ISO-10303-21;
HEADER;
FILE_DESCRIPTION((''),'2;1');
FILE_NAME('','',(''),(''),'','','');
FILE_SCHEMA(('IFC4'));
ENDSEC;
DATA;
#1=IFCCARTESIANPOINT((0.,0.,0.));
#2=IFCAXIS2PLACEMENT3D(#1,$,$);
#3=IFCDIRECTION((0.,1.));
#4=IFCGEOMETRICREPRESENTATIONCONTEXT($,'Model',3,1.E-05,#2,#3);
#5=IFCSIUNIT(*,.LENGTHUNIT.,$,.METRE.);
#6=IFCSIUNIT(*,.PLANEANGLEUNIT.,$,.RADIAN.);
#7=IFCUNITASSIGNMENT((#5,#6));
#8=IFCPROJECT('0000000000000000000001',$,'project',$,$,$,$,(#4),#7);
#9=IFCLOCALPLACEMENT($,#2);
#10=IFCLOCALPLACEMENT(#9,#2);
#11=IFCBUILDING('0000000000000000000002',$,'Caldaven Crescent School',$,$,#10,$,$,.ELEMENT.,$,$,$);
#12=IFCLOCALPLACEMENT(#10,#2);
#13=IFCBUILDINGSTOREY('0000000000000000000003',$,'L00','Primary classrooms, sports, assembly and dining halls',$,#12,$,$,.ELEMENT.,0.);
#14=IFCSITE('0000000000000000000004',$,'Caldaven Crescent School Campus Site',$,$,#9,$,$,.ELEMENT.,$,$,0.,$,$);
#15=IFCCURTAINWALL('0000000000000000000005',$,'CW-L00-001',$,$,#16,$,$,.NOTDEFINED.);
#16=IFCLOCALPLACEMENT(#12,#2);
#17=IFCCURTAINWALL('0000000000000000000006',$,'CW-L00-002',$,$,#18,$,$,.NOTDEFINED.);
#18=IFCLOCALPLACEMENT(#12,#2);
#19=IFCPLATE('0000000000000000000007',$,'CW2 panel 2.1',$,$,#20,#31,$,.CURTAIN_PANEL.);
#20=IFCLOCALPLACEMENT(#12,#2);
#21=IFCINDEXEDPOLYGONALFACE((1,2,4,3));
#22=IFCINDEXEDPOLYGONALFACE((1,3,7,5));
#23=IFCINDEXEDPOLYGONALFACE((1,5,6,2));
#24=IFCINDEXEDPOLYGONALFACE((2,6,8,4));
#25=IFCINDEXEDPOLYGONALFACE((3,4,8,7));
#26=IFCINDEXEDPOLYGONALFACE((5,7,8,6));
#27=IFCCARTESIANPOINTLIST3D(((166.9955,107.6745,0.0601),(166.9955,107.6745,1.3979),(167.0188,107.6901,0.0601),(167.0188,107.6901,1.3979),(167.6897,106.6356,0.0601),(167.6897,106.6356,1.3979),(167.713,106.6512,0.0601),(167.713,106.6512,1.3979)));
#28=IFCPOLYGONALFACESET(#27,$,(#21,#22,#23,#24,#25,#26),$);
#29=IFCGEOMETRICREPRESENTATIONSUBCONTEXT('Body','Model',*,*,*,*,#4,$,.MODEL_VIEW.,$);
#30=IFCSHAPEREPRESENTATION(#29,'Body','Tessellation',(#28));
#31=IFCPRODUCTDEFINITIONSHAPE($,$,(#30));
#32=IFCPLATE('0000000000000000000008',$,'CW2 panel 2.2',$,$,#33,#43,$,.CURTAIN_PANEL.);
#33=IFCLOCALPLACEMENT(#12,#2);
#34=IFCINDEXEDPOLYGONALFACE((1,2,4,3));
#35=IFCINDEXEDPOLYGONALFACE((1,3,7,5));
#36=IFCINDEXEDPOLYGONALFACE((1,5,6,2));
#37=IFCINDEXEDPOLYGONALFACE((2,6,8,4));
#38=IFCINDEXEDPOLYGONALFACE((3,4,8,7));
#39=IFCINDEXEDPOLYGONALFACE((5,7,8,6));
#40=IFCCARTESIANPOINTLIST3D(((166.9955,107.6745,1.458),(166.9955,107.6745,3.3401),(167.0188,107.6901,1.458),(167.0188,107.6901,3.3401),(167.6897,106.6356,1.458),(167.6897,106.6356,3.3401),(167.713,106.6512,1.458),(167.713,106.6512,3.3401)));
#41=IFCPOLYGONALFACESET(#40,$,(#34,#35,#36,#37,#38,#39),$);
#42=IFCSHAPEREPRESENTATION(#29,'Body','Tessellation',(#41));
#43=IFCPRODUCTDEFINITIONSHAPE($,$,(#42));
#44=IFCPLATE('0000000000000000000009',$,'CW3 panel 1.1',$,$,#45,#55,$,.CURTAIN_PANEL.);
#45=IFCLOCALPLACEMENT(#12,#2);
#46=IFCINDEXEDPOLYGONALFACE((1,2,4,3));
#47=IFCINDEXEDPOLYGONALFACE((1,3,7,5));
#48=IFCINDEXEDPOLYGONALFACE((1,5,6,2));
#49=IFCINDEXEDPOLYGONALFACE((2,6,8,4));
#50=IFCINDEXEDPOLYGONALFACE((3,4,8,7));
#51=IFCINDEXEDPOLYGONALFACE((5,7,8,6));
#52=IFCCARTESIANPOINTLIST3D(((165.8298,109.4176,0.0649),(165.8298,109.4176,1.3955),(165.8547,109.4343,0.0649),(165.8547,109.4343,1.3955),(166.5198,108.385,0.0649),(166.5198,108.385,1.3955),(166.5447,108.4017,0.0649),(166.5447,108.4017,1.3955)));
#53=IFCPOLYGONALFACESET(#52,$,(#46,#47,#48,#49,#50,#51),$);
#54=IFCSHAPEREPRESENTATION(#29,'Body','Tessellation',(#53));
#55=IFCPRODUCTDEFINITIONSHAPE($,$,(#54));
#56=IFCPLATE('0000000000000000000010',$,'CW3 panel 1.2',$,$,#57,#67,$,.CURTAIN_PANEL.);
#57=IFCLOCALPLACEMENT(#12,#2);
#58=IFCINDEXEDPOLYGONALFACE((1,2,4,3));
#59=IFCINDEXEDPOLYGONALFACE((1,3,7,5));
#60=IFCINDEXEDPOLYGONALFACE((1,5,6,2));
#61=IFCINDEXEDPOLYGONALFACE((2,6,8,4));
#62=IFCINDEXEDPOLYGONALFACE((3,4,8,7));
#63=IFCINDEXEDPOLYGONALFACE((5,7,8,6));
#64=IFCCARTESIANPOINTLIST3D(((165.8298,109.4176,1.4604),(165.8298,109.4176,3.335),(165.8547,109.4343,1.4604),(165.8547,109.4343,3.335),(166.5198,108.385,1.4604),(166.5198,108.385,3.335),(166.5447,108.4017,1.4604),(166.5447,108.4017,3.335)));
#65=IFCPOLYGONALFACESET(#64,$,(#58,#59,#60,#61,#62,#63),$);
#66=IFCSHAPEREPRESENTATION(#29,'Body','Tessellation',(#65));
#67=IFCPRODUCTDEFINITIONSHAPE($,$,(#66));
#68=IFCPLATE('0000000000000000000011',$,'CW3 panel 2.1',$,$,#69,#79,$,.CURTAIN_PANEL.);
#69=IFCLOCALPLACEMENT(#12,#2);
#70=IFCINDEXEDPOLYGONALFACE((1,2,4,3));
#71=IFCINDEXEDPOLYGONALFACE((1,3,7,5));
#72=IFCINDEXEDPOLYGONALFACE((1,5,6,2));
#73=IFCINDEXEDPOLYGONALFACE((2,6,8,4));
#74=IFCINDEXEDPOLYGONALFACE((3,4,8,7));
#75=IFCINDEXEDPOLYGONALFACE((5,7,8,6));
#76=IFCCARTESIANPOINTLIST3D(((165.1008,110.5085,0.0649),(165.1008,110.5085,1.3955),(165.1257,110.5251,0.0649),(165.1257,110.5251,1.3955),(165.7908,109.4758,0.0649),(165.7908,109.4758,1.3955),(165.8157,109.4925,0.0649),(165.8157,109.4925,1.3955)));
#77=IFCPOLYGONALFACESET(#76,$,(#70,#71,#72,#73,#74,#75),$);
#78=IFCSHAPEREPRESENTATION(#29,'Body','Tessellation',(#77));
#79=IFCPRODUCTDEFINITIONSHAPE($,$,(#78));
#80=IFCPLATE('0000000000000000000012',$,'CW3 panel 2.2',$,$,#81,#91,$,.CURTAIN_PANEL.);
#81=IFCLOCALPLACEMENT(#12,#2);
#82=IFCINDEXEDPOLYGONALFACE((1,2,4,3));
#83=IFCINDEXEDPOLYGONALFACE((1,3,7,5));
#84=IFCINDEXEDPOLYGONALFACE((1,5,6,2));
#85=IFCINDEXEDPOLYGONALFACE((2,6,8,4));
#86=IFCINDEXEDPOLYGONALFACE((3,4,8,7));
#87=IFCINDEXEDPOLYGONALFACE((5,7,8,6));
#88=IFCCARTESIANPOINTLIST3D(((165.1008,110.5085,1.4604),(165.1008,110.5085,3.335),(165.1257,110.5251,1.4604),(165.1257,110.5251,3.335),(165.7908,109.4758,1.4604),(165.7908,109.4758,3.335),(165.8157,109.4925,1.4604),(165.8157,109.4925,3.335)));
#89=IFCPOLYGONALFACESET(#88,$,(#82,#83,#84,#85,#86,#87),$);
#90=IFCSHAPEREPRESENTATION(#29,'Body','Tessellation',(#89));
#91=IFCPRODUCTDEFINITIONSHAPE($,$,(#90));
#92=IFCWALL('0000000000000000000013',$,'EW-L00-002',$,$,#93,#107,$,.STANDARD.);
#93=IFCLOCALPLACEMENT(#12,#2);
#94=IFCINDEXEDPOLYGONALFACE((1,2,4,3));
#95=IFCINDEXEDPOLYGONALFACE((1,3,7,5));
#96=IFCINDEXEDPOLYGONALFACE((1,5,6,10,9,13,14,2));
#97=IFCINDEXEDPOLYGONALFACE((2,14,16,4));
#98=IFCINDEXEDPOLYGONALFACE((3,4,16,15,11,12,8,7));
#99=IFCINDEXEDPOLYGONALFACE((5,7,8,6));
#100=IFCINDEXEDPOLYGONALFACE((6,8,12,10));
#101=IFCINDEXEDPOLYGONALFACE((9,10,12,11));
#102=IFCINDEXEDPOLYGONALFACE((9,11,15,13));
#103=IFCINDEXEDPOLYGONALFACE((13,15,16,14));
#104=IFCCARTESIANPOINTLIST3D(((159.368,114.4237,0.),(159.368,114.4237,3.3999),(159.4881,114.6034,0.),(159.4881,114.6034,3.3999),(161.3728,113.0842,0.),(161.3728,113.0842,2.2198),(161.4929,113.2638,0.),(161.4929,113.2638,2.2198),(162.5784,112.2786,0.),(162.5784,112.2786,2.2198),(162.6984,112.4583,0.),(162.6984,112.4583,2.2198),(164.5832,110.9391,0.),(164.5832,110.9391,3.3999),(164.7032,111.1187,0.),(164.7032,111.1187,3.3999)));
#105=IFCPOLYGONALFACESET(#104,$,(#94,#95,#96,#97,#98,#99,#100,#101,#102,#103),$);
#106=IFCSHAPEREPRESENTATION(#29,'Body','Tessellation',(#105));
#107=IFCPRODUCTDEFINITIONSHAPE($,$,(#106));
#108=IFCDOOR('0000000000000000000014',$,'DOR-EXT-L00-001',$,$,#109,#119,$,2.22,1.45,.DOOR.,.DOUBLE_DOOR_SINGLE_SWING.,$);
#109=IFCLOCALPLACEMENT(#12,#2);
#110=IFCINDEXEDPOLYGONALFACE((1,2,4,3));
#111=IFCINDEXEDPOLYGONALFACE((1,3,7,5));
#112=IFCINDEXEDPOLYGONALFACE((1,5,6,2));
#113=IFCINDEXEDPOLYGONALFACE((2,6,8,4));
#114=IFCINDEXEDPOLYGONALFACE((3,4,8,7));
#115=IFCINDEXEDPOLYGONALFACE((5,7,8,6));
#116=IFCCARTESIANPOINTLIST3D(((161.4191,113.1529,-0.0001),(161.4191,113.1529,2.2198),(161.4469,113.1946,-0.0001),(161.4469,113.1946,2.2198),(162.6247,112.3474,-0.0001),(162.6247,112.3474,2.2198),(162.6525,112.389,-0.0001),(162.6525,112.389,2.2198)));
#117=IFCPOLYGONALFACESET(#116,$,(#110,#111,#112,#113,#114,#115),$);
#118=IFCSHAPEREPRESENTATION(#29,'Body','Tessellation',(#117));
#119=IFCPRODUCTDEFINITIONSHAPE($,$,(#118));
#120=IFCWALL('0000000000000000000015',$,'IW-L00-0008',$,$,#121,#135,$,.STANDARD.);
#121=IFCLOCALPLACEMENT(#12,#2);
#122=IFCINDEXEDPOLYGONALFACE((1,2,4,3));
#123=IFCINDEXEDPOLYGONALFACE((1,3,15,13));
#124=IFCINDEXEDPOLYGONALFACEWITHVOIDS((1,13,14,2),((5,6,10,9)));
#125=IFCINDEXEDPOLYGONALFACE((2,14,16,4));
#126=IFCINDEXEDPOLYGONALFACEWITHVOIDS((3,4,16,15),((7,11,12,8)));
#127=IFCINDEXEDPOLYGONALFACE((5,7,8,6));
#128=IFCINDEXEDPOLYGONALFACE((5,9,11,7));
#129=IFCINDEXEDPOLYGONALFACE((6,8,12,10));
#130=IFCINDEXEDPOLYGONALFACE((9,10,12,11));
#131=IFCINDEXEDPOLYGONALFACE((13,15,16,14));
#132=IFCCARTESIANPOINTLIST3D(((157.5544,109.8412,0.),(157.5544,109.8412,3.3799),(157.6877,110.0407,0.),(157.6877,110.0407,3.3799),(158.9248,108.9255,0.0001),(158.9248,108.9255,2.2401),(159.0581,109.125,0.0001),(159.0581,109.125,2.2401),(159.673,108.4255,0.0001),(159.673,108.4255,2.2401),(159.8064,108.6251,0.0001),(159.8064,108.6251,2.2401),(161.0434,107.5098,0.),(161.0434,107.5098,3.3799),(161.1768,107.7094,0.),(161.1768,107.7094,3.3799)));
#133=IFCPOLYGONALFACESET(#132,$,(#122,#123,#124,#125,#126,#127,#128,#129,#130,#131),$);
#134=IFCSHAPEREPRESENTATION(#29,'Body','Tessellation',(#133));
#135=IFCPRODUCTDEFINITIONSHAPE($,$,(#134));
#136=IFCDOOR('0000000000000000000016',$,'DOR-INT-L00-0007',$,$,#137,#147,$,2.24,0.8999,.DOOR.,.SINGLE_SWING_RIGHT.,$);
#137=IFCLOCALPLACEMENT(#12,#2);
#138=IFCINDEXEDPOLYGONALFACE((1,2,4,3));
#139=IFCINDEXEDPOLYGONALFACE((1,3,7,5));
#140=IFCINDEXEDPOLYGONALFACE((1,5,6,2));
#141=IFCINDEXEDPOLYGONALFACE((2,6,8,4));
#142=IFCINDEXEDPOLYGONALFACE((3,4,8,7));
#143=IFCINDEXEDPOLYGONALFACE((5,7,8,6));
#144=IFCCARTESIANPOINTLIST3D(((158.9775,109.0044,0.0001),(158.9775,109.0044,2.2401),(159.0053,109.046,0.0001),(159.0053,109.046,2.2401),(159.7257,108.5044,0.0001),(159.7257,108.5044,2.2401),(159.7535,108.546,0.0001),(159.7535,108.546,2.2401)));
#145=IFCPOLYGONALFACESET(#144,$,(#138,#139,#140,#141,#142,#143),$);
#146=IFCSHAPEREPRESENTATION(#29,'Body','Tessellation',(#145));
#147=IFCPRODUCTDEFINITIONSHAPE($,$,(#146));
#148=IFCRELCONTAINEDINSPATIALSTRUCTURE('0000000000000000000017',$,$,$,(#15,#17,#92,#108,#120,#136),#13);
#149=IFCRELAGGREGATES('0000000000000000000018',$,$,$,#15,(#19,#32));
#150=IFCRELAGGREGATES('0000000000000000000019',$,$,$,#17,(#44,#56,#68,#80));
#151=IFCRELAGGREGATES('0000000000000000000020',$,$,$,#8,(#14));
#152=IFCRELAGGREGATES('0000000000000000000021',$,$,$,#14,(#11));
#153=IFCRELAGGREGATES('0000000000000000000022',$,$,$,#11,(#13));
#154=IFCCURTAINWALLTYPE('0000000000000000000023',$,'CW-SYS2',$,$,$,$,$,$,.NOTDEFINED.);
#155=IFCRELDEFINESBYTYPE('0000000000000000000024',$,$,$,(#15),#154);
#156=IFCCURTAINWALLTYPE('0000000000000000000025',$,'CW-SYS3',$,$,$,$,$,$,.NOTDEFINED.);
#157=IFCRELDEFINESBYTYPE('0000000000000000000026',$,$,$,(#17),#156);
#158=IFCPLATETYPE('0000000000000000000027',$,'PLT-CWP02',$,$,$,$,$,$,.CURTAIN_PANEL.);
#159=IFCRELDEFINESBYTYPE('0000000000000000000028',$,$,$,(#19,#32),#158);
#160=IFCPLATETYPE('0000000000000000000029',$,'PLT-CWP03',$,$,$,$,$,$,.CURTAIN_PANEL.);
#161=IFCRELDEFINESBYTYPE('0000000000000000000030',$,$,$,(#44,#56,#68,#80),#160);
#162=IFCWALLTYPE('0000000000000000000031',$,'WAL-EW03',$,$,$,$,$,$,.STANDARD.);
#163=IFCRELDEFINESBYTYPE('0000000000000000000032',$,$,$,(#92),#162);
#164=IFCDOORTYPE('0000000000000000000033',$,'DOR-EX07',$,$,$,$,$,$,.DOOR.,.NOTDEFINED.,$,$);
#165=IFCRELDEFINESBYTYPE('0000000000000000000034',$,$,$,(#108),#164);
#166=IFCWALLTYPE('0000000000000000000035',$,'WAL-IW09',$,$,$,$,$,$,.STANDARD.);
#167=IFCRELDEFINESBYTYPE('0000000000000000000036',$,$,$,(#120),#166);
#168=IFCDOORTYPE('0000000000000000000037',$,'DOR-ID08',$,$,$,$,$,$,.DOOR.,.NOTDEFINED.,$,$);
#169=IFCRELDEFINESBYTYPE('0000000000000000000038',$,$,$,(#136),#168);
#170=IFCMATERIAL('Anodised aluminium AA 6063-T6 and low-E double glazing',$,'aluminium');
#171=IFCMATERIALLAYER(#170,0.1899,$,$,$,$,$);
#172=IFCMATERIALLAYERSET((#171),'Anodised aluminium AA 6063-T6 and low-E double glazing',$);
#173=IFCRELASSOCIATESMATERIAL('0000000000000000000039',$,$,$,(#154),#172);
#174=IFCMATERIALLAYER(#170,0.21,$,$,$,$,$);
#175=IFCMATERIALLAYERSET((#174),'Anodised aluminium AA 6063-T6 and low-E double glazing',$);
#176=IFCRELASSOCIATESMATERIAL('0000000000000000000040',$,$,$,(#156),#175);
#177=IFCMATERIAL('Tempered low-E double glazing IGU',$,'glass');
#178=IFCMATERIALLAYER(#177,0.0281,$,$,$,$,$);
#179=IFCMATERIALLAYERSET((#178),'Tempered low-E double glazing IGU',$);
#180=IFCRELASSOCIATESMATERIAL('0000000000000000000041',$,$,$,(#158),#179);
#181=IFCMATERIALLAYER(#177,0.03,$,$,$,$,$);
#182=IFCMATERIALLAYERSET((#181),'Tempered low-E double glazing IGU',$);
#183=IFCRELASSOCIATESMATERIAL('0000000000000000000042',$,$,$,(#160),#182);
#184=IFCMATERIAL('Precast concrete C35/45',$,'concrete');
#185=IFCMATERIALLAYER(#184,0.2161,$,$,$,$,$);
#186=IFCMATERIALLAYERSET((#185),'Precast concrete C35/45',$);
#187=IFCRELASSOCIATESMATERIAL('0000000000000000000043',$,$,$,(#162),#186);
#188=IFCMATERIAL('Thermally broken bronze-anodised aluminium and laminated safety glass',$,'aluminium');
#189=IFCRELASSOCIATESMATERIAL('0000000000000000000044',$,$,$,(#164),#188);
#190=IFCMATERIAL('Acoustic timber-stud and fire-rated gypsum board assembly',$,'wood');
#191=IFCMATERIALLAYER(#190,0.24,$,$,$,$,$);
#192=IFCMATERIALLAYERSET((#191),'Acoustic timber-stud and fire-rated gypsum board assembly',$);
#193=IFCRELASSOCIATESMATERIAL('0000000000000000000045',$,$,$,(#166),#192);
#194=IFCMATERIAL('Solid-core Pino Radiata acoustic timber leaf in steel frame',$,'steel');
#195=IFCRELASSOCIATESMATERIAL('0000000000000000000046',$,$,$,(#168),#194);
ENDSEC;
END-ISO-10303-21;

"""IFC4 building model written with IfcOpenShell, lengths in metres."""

from ifc_helpers import new_model, si_unit, direction, frame, frame_2d, origin, origin_2d, place, context, subcontext, project, spatial, rectangle, extrude, material, layer, layer_set, type_object, element, fill, aggregate, save


model = new_model("IFC4")

# Units and contexts
model_context = context("Model", 3, precision=1e-05, world=origin(), true_north=direction((0.0, 1.0)))
body_context = subcontext(model_context, "Body", "Model", "MODEL_VIEW")
ifc_project = project(units=[si_unit("LENGTHUNIT", "METRE"), si_unit("PLANEANGLEUNIT", "RADIAN")], contexts=[model_context])

# Site, building, storey
site_placement = place(None, origin())
site = spatial("IfcSite", under=ifc_project, at=site_placement, Name="Caldaven Crescent School Campus Site", CompositionType="ELEMENT", RefElevation=0.0)
building_placement = place(site_placement, origin())
building = spatial("IfcBuilding", under=site, at=building_placement, Name="Caldaven Crescent School", CompositionType="ELEMENT")
storey_placement = place(building_placement, origin())
storey = spatial("IfcBuildingStorey", under=building, at=storey_placement, Name="L00", Description="Primary classrooms, sports, assembly and dining halls", CompositionType="ELEMENT", Elevation=0.0)

# Shared definitions
ifc_material_1 = material(Name="Anodised aluminium AA 6063-T6 and low-E double glazing", Category="aluminium")

# Curtain walls
ifc_layer_1 = layer(ifc_material_1, 0.1899)
ifc_layer_set_1 = layer_set([ifc_layer_1], Name="Anodised aluminium AA 6063-T6 and low-E double glazing")
curtain_wall_type_1 = type_object("IfcCurtainWallType", Name="CW-SYS2", PredefinedType="NOTDEFINED", material=ifc_layer_set_1)
curtain_wall_1_placement = place(storey_placement, origin())
curtain_wall_1 = element("IfcCurtainWall", 1, at=curtain_wall_1_placement, inside=storey, type_object=curtain_wall_type_1, Name="CW-L00-001", PredefinedType="NOTDEFINED")
ifc_layer_2 = layer(ifc_material_1, 0.21)
ifc_layer_set_2 = layer_set([ifc_layer_2], Name="Anodised aluminium AA 6063-T6 and low-E double glazing")
curtain_wall_type_2 = type_object("IfcCurtainWallType", Name="CW-SYS3", PredefinedType="NOTDEFINED", material=ifc_layer_set_2)
curtain_wall_2_placement = place(storey_placement, origin())
curtain_wall_2 = element("IfcCurtainWall", 2, at=curtain_wall_2_placement, inside=storey, type_object=curtain_wall_type_2, Name="CW-L00-002", PredefinedType="NOTDEFINED")

# Plates
ifc_material_2 = material(Name="Tempered low-E double glazing IGU", Category="glass")
ifc_layer_3 = layer(ifc_material_2, 0.0281)
ifc_layer_set_3 = layer_set([ifc_layer_3], Name="Tempered low-E double glazing IGU")
plate_type_1 = type_object("IfcPlateType", Name="PLT-CWP02", PredefinedType="CURTAIN_PANEL", material=ifc_layer_set_3)
plate_1_placement = place(storey_placement, frame((167.3542, 107.1628, 0.0601), z_axis=(0.0, 0.0, 1.0), x_axis=(-0.555569, 0.83147, 0.0)))
plate_1 = element("IfcPlate", 3, at=plate_1_placement, type_object=plate_type_1, Name="CW2 panel 2.1", PredefinedType="CURTAIN_PANEL", context=body_context, shape_type="SweptSolid", body=[
    extrude(rectangle(XDim=1.2495, YDim=0.0281, at=origin_2d()), origin(), (0.0, 0.0, 1.0), 1.3379),
])
plate_2_placement = place(storey_placement, frame((167.3542, 107.1628, 1.458), z_axis=(0.0, 0.0, 1.0), x_axis=(-0.555569, 0.83147, 0.0)))
plate_2 = element("IfcPlate", 4, at=plate_2_placement, type_object=plate_type_1, Name="CW2 panel 2.2", PredefinedType="CURTAIN_PANEL", context=body_context, shape_type="SweptSolid", body=[
    extrude(rectangle(XDim=1.2495, YDim=0.0281, at=origin_2d()), origin(), (0.0, 0.0, 1.0), 1.8821),
])
aggregate(curtain_wall_1, [plate_1, plate_2])
ifc_layer_4 = layer(ifc_material_2, 0.03)
ifc_layer_set_4 = layer_set([ifc_layer_4], Name="Tempered low-E double glazing IGU")
plate_type_2 = type_object("IfcPlateType", Name="PLT-CWP03", PredefinedType="CURTAIN_PANEL", material=ifc_layer_set_4)
plate_3_placement = place(storey_placement, frame((166.1873, 108.9097, 0.0649), z_axis=(0.0, 0.0, 1.0), x_axis=(-0.555572, 0.831469, 0.0)))
plate_3 = element("IfcPlate", 5, at=plate_3_placement, type_object=plate_type_2, Name="CW3 panel 1.1", PredefinedType="CURTAIN_PANEL", context=body_context, shape_type="SweptSolid", body=[
    extrude(rectangle(XDim=1.2419, YDim=0.03, at=origin_2d()), origin(), (0.0, 0.0, 1.0), 1.3306),
])
plate_4_placement = place(storey_placement, frame((166.1873, 108.9097, 1.4604), z_axis=(0.0, 0.0, 1.0), x_axis=(-0.555572, 0.831469, 0.0)))
plate_4 = element("IfcPlate", 6, at=plate_4_placement, type_object=plate_type_2, Name="CW3 panel 1.2", PredefinedType="CURTAIN_PANEL", context=body_context, shape_type="SweptSolid", body=[
    extrude(rectangle(XDim=1.2419, YDim=0.03, at=origin_2d()), origin(), (0.0, 0.0, 1.0), 1.8745),
])
plate_5_placement = place(storey_placement, frame((165.4583, 110.0005, 0.0649), z_axis=(0.0, 0.0, 1.0), x_axis=(-0.555572, 0.831469, 0.0)))
plate_5 = element("IfcPlate", 7, at=plate_5_placement, type_object=plate_type_2, Name="CW3 panel 2.1", PredefinedType="CURTAIN_PANEL", context=body_context, shape_type="SweptSolid", body=[
    extrude(rectangle(XDim=1.2419, YDim=0.03, at=origin_2d()), origin(), (0.0, 0.0, 1.0), 1.3306),
])
plate_6_placement = place(storey_placement, frame((165.4583, 110.0005, 1.4604), z_axis=(0.0, 0.0, 1.0), x_axis=(-0.555572, 0.831469, 0.0)))
plate_6 = element("IfcPlate", 8, at=plate_6_placement, type_object=plate_type_2, Name="CW3 panel 2.2", PredefinedType="CURTAIN_PANEL", context=body_context, shape_type="SweptSolid", body=[
    extrude(rectangle(XDim=1.2419, YDim=0.03, at=origin_2d()), origin(), (0.0, 0.0, 1.0), 1.8745),
])
aggregate(curtain_wall_2, [plate_3, plate_4, plate_5, plate_6])

# Walls, openings, doors
ifc_material_3 = material(Name="Precast concrete C35/45", Category="concrete")
ifc_layer_5 = layer(ifc_material_3, 0.2161)
ifc_layer_set_5 = layer_set([ifc_layer_5], Name="Precast concrete C35/45")
wall_type_1 = type_object("IfcWallType", Name="WAL-EW03", PredefinedType="STANDARD", material=ifc_layer_set_5)
wall_1_placement = place(storey_placement, frame((164.6433, 111.0288, 0.0), z_axis=(0.0, 0.0, 1.0), x_axis=(-0.831469, 0.555571, 0.0)))
wall_1 = element("IfcWall", 9, at=wall_1_placement, inside=storey, type_object=wall_type_1, Name="EW-L00-002", PredefinedType="STANDARD", context=body_context, shape_type="SweptSolid", body=[
    extrude(rectangle(XDim=6.2722, YDim=0.2161, at=frame_2d((3.1362, 0.0))), origin(), (0.0, 0.0, 1.0), 3.3999),
])
opening_1_placement = place(wall_1_placement, frame((2.4111, 0.0, 0.0)))
opening_1 = element("IfcOpeningElement", 10, at=opening_1_placement, cuts=wall_1, PredefinedType="OPENING", context=body_context, shape_type="SweptSolid", body=[
    extrude(rectangle(XDim=1.45, YDim=2.22, at=frame_2d((0.7251, 1.1099))), frame((0.0, 0.1179, 0.0), z_axis=(0.0, -1.0, 0.0), x_axis=(1.0, 0.0, 0.0)), (0.0, 0.0, 1.0), 0.2361),
])
ifc_material_4 = material(Name="Thermally broken bronze-anodised aluminium and laminated safety glass", Category="aluminium")
door_type_1 = type_object("IfcDoorType", Name="DOR-EX07", OperationType="NOTDEFINED", PredefinedType="DOOR", material=ifc_material_4)
door_1_placement = place(opening_1_placement, frame((1.45, 0.0, 0.0), z_axis=(0.0, 0.0, 1.0), x_axis=(-1.0, 0.0, 0.0)))
door_1 = element("IfcDoor", 11, at=door_1_placement, inside=storey, type_object=door_type_1, Name="DOR-EXT-L00-001", OperationType="DOUBLE_DOOR_SINGLE_SWING", OverallHeight=2.22, OverallWidth=1.45, PredefinedType="DOOR", context=body_context, shape_type="SweptSolid", body=[
    extrude(rectangle(XDim=1.45, YDim=2.22, at=frame_2d((0.7251, 1.1099))), frame((0.0, 0.0249, 0.0), z_axis=(0.0, -1.0, 0.0), x_axis=(1.0, 0.0, 0.0)), (0.0, 0.0, 1.0), 0.05),
])
fill(opening_1, door_1)
ifc_material_5 = material(Name="Acoustic timber-stud and fire-rated gypsum board assembly", Category="wood")
ifc_layer_6 = layer(ifc_material_5, 0.24)
ifc_layer_set_6 = layer_set([ifc_layer_6], Name="Acoustic timber-stud and fire-rated gypsum board assembly")
wall_type_2 = type_object("IfcWallType", Name="WAL-IW09", PredefinedType="STANDARD", material=ifc_layer_set_6)
wall_2_placement = place(storey_placement, frame((161.1101, 107.6096, 0.0), z_axis=(0.0, 0.0, 1.0), x_axis=(-0.831468, 0.555573, 0.0)))
wall_2 = element("IfcWall", 12, at=wall_2_placement, inside=storey, type_object=wall_type_2, Name="IW-L00-0008", PredefinedType="STANDARD", context=body_context, shape_type="SweptSolid", body=[
    extrude(rectangle(XDim=4.1963, YDim=0.24, at=frame_2d((2.0981, 0.0))), origin(), (0.0, 0.0, 1.0), 3.3799),
])
opening_2_placement = place(wall_2_placement, frame((1.6482, 0.0, 0.0)))
opening_2 = element("IfcOpeningElement", 13, at=opening_2_placement, cuts=wall_2, PredefinedType="OPENING", context=body_context, shape_type="SweptSolid", body=[
    extrude(rectangle(XDim=0.8999, YDim=2.24, at=frame_2d((0.45, 1.1201))), frame((0.0, 0.1299, 0.0), z_axis=(0.0, -1.0, 0.0), x_axis=(1.0, 0.0, 0.0)), (0.0, 0.0, 1.0), 0.26),
])
ifc_material_6 = material(Name="Solid-core Pino Radiata acoustic timber leaf in steel frame", Category="steel")
door_type_2 = type_object("IfcDoorType", Name="DOR-ID08", OperationType="NOTDEFINED", PredefinedType="DOOR", material=ifc_material_6)
door_2_placement = place(opening_2_placement, frame((0.8999, 0.0, 0.0), z_axis=(0.0, 0.0, 1.0), x_axis=(-1.0, 0.0, 0.0)))
door_2 = element("IfcDoor", 14, at=door_2_placement, inside=storey, type_object=door_type_2, Name="DOR-INT-L00-0007", OperationType="SINGLE_SWING_RIGHT", OverallHeight=2.24, OverallWidth=0.8999, PredefinedType="DOOR", context=body_context, shape_type="SweptSolid", body=[
    extrude(rectangle(XDim=0.8999, YDim=2.24, at=frame_2d((0.45, 1.1201))), frame((0.0, 0.0249, 0.0), z_axis=(0.0, -1.0, 0.0), x_axis=(1.0, 0.0, 0.0)), (0.0, 0.0, 1.0), 0.05),
])
fill(opening_2, door_2)

save(model, "model.ifc")
